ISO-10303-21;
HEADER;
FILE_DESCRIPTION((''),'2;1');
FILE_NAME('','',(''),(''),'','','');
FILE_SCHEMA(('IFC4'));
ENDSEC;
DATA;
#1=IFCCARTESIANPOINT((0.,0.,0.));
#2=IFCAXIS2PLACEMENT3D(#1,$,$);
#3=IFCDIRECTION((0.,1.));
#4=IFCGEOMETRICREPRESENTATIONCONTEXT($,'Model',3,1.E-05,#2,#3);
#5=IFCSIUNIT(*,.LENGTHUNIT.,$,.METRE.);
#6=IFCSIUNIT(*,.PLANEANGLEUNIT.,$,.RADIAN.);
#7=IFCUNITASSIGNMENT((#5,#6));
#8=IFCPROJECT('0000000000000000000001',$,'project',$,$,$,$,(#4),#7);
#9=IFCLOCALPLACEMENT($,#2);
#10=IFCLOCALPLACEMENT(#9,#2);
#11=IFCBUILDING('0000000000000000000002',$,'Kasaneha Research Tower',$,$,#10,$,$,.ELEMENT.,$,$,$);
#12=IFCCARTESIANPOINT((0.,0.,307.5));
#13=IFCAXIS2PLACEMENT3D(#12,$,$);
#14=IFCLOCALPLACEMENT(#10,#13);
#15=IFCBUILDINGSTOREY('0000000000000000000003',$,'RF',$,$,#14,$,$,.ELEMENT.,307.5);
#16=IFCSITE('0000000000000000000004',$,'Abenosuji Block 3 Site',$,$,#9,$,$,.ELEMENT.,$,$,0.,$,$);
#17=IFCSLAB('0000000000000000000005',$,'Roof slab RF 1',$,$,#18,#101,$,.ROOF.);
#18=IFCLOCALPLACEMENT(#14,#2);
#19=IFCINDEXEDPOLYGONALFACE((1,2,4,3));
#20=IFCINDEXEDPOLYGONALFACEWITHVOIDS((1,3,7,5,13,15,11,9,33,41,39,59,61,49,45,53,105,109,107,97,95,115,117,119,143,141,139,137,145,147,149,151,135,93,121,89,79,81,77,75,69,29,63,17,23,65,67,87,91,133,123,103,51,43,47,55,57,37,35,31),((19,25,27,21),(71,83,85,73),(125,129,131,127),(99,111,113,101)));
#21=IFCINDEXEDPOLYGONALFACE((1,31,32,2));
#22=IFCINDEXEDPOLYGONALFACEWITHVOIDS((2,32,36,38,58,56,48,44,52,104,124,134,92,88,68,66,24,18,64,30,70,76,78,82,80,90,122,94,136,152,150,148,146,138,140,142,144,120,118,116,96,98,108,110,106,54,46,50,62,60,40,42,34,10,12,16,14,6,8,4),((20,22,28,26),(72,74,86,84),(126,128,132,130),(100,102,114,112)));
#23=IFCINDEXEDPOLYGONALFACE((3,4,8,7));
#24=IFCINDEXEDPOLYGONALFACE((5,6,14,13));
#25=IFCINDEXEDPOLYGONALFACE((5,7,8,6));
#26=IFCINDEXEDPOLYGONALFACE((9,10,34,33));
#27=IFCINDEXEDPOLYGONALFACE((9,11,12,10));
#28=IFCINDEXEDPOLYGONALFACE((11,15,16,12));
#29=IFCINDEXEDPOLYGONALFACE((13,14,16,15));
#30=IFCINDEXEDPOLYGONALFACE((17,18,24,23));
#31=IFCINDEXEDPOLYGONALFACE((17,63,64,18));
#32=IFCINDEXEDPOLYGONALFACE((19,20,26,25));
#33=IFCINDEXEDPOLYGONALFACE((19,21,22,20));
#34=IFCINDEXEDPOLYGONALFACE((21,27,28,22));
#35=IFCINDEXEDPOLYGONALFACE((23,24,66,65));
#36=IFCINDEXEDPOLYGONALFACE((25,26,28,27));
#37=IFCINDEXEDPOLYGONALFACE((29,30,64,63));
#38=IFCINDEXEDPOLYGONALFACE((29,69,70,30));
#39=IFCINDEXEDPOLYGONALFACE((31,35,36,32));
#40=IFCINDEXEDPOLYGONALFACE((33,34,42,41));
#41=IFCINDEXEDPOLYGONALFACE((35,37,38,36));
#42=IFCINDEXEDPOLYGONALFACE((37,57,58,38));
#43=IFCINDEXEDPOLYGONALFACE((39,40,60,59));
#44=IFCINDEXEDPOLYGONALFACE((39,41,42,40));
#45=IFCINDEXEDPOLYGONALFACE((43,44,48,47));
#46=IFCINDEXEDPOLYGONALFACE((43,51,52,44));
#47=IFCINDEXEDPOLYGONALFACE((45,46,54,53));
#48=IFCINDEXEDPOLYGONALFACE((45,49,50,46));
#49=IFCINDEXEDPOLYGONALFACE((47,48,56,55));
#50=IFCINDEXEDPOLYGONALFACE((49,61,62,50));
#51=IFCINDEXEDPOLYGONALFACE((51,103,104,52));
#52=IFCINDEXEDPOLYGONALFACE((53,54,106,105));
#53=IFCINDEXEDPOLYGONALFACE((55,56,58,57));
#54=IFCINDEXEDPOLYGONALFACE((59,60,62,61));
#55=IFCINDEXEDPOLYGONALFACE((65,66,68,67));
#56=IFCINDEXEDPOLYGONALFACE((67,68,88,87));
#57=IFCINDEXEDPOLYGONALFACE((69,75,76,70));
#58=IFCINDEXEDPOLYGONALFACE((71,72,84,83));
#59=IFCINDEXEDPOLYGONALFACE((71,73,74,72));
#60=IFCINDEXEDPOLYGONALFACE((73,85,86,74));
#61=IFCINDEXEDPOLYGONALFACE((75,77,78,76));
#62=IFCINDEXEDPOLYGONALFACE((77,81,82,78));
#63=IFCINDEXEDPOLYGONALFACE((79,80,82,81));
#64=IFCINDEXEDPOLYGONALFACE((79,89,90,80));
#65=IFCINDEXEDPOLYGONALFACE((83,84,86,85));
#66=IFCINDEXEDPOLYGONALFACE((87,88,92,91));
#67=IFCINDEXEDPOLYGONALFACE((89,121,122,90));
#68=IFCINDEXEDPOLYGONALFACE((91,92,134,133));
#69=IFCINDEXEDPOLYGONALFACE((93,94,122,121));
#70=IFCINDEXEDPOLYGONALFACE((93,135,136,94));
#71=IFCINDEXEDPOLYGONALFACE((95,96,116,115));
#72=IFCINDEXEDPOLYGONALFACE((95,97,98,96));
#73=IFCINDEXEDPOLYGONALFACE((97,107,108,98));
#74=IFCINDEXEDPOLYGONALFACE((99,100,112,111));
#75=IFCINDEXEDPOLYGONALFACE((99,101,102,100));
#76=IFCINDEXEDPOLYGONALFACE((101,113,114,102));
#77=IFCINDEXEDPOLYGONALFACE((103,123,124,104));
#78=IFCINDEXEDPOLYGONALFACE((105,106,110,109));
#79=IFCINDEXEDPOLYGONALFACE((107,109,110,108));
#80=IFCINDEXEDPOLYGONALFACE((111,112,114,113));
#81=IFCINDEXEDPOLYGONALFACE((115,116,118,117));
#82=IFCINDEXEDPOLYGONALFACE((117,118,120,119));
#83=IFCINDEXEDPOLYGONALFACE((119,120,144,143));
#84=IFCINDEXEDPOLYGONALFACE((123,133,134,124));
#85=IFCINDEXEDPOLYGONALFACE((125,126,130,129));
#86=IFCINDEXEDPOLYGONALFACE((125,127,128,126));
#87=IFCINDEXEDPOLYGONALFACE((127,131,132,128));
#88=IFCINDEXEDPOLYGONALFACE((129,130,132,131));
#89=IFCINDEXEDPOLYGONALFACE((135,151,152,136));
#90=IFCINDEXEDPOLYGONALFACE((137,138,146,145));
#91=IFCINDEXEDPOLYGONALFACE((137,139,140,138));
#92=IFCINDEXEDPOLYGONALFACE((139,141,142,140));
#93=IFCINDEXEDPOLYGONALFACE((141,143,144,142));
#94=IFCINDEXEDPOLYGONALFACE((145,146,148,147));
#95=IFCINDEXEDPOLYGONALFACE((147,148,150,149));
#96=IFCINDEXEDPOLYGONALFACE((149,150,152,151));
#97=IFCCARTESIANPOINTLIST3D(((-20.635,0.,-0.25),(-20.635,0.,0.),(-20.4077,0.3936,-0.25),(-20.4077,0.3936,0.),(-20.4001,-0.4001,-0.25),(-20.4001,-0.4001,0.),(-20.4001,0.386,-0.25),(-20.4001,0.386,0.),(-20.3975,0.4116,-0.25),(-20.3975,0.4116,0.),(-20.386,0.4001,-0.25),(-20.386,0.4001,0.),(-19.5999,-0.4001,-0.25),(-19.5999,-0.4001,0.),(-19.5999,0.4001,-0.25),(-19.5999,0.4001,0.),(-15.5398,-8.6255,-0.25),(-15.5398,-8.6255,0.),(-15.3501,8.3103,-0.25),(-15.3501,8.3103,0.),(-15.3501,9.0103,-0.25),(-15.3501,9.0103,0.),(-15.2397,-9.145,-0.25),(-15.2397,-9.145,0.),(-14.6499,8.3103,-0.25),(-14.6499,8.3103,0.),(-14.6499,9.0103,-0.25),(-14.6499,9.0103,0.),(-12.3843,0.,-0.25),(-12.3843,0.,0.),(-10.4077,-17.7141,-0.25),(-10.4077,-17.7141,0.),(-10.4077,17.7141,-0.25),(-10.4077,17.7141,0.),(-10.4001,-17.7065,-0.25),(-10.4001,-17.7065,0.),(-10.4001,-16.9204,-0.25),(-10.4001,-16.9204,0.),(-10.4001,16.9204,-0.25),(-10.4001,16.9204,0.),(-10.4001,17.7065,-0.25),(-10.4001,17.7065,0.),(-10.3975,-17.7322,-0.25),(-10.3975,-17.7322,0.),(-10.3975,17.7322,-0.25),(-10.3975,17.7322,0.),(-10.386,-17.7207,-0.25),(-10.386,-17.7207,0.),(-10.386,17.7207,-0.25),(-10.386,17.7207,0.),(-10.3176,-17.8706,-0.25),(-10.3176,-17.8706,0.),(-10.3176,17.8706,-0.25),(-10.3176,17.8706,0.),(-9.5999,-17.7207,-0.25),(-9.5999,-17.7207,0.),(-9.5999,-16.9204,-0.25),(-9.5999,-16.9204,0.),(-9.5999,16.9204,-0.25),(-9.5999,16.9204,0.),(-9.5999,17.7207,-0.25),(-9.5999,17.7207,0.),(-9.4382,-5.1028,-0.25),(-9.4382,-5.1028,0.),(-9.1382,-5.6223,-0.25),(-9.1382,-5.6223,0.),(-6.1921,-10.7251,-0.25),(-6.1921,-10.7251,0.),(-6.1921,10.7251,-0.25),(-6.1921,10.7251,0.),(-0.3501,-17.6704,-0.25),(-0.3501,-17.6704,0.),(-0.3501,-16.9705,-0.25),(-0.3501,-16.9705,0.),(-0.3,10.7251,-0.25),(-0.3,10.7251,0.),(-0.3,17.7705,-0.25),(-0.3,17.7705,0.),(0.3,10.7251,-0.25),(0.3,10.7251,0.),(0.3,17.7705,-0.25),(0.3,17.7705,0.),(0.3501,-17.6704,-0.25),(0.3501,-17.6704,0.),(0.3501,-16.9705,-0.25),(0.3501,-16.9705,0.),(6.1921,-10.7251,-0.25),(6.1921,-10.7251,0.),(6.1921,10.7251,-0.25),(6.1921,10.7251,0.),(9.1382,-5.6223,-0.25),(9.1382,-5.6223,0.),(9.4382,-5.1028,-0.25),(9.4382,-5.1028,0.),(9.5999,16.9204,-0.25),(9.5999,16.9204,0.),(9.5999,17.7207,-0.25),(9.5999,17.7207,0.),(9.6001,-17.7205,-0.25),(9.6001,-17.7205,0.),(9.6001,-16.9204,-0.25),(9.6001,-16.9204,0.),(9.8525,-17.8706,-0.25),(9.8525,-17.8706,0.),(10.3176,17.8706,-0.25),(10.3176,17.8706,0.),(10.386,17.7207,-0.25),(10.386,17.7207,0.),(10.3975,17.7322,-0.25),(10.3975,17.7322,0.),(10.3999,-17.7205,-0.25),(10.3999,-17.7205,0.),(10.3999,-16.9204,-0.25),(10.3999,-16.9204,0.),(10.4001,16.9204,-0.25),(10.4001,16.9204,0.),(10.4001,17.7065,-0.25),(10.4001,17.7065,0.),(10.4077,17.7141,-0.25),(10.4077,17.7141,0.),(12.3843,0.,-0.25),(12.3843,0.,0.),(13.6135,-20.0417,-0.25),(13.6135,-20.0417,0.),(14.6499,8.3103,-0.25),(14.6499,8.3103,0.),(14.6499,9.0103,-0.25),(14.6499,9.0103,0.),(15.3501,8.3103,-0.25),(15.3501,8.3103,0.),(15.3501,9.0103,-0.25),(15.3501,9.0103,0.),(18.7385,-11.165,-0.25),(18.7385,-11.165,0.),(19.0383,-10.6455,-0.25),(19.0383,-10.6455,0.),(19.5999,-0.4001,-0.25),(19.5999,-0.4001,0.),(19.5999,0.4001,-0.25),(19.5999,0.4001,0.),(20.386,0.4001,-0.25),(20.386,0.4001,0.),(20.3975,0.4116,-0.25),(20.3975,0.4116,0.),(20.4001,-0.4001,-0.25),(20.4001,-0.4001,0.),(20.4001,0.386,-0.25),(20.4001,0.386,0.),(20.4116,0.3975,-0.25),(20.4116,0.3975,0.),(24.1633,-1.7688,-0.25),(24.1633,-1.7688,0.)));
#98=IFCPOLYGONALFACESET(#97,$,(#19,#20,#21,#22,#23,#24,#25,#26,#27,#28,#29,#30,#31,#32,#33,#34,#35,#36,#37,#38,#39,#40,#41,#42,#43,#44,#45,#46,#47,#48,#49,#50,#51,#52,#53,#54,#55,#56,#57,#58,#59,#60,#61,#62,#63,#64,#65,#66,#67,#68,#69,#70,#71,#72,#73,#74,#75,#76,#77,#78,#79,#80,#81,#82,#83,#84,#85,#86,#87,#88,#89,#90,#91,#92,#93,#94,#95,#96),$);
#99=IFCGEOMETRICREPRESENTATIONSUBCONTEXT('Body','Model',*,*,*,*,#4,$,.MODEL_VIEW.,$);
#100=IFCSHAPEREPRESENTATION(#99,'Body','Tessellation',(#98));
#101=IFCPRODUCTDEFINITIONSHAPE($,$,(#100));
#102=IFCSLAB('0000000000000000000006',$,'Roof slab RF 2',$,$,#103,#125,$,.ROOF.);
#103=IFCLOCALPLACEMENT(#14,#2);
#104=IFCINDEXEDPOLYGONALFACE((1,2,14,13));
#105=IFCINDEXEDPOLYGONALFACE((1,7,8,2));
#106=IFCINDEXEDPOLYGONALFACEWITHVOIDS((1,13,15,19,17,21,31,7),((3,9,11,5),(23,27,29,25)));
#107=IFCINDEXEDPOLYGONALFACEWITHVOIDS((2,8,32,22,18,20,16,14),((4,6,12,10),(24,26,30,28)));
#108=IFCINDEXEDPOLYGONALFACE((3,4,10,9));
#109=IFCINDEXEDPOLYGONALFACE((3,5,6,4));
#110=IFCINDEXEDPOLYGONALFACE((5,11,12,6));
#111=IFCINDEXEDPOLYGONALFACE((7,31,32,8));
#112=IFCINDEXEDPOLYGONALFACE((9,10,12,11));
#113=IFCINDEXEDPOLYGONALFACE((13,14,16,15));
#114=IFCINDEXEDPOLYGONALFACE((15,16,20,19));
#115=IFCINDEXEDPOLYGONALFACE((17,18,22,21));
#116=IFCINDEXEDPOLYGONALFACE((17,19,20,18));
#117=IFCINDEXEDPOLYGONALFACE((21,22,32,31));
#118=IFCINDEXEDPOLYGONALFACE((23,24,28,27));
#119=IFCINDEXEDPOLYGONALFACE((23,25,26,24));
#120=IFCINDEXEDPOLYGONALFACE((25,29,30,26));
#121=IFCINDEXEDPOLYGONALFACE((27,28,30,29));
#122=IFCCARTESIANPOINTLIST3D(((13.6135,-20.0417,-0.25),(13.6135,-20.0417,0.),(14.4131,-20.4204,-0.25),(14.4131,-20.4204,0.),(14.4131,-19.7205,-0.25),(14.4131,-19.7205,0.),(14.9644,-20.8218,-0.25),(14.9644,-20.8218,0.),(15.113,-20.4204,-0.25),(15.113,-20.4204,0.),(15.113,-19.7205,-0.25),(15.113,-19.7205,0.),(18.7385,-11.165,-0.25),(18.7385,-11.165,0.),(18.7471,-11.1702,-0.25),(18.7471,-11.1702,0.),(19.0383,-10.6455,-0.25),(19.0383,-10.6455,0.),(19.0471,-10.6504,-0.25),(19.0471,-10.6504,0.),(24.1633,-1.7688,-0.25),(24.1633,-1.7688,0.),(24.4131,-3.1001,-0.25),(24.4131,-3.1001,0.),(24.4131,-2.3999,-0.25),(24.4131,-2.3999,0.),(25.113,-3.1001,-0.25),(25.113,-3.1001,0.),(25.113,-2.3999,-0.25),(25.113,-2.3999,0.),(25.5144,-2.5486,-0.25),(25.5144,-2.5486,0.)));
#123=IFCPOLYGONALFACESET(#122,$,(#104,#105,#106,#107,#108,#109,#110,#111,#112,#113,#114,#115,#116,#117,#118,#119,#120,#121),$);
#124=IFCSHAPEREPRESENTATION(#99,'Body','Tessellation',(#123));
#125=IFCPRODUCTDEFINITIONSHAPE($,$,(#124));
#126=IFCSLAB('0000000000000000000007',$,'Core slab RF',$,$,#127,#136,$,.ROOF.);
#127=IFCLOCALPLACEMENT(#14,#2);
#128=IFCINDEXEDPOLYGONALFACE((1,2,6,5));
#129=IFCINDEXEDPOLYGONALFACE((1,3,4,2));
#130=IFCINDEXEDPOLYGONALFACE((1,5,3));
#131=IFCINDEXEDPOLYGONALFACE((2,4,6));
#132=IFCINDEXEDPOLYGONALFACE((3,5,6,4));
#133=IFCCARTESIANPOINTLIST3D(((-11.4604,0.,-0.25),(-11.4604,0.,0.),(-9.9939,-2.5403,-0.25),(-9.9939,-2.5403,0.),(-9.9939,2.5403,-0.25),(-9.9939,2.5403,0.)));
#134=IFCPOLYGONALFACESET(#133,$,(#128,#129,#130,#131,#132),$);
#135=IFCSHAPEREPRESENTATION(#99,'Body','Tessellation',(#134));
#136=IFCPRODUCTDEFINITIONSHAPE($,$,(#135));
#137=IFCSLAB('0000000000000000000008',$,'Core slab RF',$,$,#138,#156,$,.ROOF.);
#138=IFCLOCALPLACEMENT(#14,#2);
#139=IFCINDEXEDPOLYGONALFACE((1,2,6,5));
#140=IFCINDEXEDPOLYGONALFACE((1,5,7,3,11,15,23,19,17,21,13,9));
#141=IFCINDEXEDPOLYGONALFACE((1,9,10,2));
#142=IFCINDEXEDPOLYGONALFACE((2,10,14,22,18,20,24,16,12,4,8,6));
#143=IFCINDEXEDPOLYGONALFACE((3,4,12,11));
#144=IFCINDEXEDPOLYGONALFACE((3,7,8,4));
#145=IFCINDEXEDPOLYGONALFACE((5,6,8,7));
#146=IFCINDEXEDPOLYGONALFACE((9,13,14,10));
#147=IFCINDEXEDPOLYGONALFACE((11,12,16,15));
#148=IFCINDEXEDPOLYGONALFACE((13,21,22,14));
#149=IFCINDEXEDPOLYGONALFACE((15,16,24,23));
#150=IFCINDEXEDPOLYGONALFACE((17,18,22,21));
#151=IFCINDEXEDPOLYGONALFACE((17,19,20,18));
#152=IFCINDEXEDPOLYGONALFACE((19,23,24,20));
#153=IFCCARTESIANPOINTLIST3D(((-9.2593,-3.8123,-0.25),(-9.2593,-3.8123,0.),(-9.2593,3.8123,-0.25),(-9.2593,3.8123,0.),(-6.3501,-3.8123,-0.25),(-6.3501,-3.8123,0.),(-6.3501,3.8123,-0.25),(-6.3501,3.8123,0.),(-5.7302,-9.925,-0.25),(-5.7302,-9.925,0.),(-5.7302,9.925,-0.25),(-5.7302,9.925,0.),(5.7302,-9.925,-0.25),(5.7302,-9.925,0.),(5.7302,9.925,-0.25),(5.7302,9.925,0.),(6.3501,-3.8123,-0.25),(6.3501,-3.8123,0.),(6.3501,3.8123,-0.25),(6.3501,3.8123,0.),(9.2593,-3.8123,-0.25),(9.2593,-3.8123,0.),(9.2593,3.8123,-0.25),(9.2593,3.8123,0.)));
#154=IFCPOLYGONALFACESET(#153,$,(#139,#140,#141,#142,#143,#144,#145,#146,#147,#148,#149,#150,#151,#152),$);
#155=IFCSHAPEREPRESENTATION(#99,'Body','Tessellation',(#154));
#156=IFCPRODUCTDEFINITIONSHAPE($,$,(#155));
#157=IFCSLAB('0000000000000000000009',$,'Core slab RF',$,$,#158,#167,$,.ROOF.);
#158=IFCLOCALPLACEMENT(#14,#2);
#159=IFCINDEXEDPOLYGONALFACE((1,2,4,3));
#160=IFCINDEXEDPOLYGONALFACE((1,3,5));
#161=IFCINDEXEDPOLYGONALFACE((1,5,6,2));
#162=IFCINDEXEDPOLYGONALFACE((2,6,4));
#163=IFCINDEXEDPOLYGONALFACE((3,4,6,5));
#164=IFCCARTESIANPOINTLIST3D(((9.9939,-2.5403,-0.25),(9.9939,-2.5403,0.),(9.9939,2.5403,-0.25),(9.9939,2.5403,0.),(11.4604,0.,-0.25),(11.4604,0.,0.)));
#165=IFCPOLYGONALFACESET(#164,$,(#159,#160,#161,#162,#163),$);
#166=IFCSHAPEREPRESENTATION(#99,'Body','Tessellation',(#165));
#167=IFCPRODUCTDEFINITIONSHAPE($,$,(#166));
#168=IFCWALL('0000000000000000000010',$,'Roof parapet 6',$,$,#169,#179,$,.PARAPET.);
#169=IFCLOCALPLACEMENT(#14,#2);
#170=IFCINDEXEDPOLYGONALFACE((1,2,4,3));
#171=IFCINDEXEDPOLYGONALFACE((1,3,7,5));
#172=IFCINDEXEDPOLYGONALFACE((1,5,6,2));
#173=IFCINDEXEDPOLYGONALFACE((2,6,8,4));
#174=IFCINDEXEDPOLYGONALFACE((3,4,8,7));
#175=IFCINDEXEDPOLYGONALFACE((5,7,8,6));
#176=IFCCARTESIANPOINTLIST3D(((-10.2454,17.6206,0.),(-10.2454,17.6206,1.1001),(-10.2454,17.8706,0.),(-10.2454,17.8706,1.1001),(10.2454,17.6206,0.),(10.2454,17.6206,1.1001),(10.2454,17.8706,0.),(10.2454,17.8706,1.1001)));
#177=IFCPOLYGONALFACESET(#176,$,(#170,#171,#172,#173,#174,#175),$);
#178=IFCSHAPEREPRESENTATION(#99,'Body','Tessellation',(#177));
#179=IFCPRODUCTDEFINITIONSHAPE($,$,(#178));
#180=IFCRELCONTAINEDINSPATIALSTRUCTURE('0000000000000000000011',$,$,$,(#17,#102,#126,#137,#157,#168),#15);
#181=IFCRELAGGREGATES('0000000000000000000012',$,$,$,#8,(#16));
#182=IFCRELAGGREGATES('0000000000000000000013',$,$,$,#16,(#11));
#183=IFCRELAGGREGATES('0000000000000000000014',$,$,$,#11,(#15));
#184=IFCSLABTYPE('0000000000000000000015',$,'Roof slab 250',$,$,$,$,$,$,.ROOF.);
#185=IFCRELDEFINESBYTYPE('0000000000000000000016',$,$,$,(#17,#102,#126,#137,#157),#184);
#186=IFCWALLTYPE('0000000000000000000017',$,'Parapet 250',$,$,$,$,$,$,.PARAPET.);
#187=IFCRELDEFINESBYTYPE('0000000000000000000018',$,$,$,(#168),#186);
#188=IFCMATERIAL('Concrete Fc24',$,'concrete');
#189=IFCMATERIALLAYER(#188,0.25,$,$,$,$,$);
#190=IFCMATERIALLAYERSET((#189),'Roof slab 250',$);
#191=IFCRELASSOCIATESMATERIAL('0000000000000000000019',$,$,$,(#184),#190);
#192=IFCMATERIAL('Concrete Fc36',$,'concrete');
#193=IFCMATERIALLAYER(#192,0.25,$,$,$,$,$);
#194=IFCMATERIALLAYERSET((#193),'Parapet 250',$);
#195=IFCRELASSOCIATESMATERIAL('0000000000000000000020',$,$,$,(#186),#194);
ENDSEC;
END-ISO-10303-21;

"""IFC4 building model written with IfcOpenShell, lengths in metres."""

from ifc_helpers import new_model, si_unit, direction, frame, frame_2d, origin, place, context, subcontext, project, spatial, polyline, rectangle, outline, extrude, material, layer, layer_set, type_object, element, save


model = new_model("IFC4")

# Units and contexts
model_context = context("Model", 3, precision=1e-05, world=origin(), true_north=direction((0.0, 1.0)))
body_context = subcontext(model_context, "Body", "Model", "MODEL_VIEW")
ifc_project = project(units=[si_unit("LENGTHUNIT", "METRE"), si_unit("PLANEANGLEUNIT", "RADIAN")], contexts=[model_context])

# Site, building, storey
site_placement = place(None, origin())
site = spatial("IfcSite", under=ifc_project, at=site_placement, Name="Abenosuji Block 3 Site", CompositionType="ELEMENT", RefElevation=0.0)
building_placement = place(site_placement, origin())
building = spatial("IfcBuilding", under=site, at=building_placement, Name="Kasaneha Research Tower", CompositionType="ELEMENT")
storey_placement = place(building_placement, frame((0.0, 0.0, 307.5)))
storey = spatial("IfcBuildingStorey", under=building, at=storey_placement, Name="RF", CompositionType="ELEMENT", Elevation=307.5)

# Slabs
ifc_material_1 = material(Name="Concrete Fc24", Category="concrete")
ifc_layer_1 = layer(ifc_material_1, 0.25)
ifc_layer_set_1 = layer_set([ifc_layer_1], Name="Roof slab 250")
slab_type = type_object("IfcSlabType", Name="Roof slab 250", PredefinedType="ROOF", material=ifc_layer_set_1)
slab_1_placement = place(storey_placement, frame((0.0, 0.0, -0.25)))
element("IfcSlab", 1, at=slab_1_placement, inside=storey, type_object=slab_type, Name="Roof slab RF 1", PredefinedType="ROOF", context=body_context, shape_type="SweptSolid", body=[
    extrude(outline(polyline([(-10.3176, -17.8706), (-10.3975, -17.7322), (-10.386, -17.7207), (-9.5999, -17.7207), (-9.5999, -16.9204), (-10.4001, -16.9204), (-10.4001, -17.7065), (-10.4077, -17.7141), (-20.635, 0.0), (-20.4077, 0.3936), (-20.4001, 0.386), (-20.4001, -0.4001), (-19.5999, -0.4001), (-19.5999, 0.4001), (-20.386, 0.4001), (-20.3975, 0.4116), (-10.4077, 17.7141), (-10.4001, 17.7065), (-10.4001, 16.9204), (-9.5999, 16.9204), (-9.5999, 17.7207), (-10.386, 17.7207), (-10.3975, 17.7322), (-10.3176, 17.8706), (10.3176, 17.8706), (10.3975, 17.7322), (10.386, 17.7207), (9.5999, 17.7207), (9.5999, 16.9204), (10.4001, 16.9204), (10.4001, 17.7065), (10.4077, 17.7141), (20.3975, 0.4116), (20.386, 0.4001), (19.5999, 0.4001), (19.5999, -0.4001), (20.4001, -0.4001), (20.4001, 0.386), (20.4116, 0.3975), (24.1633, -1.7688), (19.0383, -10.6455), (9.4382, -5.1028), (12.3843, 0.0), (6.1921, 10.7251), (0.3, 10.7251), (0.3, 17.7705), (-0.3, 17.7705), (-0.3, 10.7251), (-6.1921, 10.7251), (-12.3843, 0.0), (-9.4382, -5.1028), (-15.5398, -8.6255), (-15.2397, -9.145), (-9.1382, -5.6223), (-6.1921, -10.7251), (6.1921, -10.7251), (9.1382, -5.6223), (18.7385, -11.165), (13.6135, -20.0417), (9.8525, -17.8706), (-10.3176, -17.8706)]), holes=[polyline([(0.3501, -17.6704), (0.3501, -16.9705), (-0.3501, -16.9705), (-0.3501, -17.6704), (0.3501, -17.6704)]), polyline([(-15.3501, 8.3103), (-14.6499, 8.3103), (-14.6499, 9.0103), (-15.3501, 9.0103), (-15.3501, 8.3103)]), polyline([(9.6001, -17.7205), (10.3999, -17.7205), (10.3999, -16.9204), (9.6001, -16.9204), (9.6001, -17.7205)]), polyline([(14.6499, 8.3103), (15.3501, 8.3103), (15.3501, 9.0103), (14.6499, 9.0103), (14.6499, 8.3103)])]), origin(), (0.0, 0.0, 1.0), 0.25),
])
slab_2_placement = place(storey_placement, frame((0.0, 0.0, -0.25)))
element("IfcSlab", 2, at=slab_2_placement, inside=storey, type_object=slab_type, Name="Roof slab RF 2", PredefinedType="ROOF", context=body_context, shape_type="SweptSolid", body=[
    extrude(outline(polyline([(25.5144, -2.5486), (14.9644, -20.8218), (13.6135, -20.0417), (18.7385, -11.165), (18.7471, -11.1702), (19.0471, -10.6504), (19.0383, -10.6455), (24.1633, -1.7688), (25.5144, -2.5486)]), holes=[polyline([(14.4131, -20.4204), (15.113, -20.4204), (15.113, -19.7205), (14.4131, -19.7205), (14.4131, -20.4204)]), polyline([(24.4131, -3.1001), (25.113, -3.1001), (25.113, -2.3999), (24.4131, -2.3999), (24.4131, -3.1001)])]), origin(), (0.0, 0.0, 1.0), 0.25),
])
slab_3_placement = place(storey_placement, frame((0.0, 0.0, -0.25)))
element("IfcSlab", 3, at=slab_3_placement, inside=storey, type_object=slab_type, Name="Core slab RF", PredefinedType="ROOF", context=body_context, shape_type="SweptSolid", body=[
    extrude(outline(polyline([(-9.9939, 2.5403), (-9.9939, -2.5403), (-11.4604, 0.0), (-9.9939, 2.5403)])), origin(), (0.0, 0.0, 1.0), 0.25),
])
slab_4_placement = place(storey_placement, frame((0.0, 0.0, -0.25)))
element("IfcSlab", 4, at=slab_4_placement, inside=storey, type_object=slab_type, Name="Core slab RF", PredefinedType="ROOF", context=body_context, shape_type="SweptSolid", body=[
    extrude(outline(polyline([(5.7302, 9.925), (9.2593, 3.8123), (6.3501, 3.8123), (6.3501, -3.8123), (9.2593, -3.8123), (5.7302, -9.925), (-5.7302, -9.925), (-9.2593, -3.8123), (-6.3501, -3.8123), (-6.3501, 3.8123), (-9.2593, 3.8123), (-5.7302, 9.925), (5.7302, 9.925)])), origin(), (0.0, 0.0, 1.0), 0.25),
])
slab_5_placement = place(storey_placement, frame((0.0, 0.0, -0.25)))
element("IfcSlab", 5, at=slab_5_placement, inside=storey, type_object=slab_type, Name="Core slab RF", PredefinedType="ROOF", context=body_context, shape_type="SweptSolid", body=[
    extrude(outline(polyline([(9.9939, -2.5403), (9.9939, 2.5403), (11.4604, 0.0), (9.9939, -2.5403)])), origin(), (0.0, 0.0, 1.0), 0.25),
])

# Wall
ifc_material_2 = material(Name="Concrete Fc36", Category="concrete")
ifc_layer_2 = layer(ifc_material_2, 0.25)
ifc_layer_set_2 = layer_set([ifc_layer_2], Name="Parapet 250")
wall_type = type_object("IfcWallType", Name="Parapet 250", PredefinedType="PARAPET", material=ifc_layer_set_2)
wall_placement = place(storey_placement, frame((-10.2454, 17.7456, 0.0), z_axis=(0.0, 0.0, 1.0), x_axis=(1.0, 0.0, 0.0)))
element("IfcWall", 6, at=wall_placement, inside=storey, type_object=wall_type, Name="Roof parapet 6", PredefinedType="PARAPET", context=body_context, shape_type="SweptSolid", body=[
    extrude(rectangle(XDim=20.4907, YDim=0.25, at=frame_2d((10.2454, 0.0))), origin(), (0.0, 0.0, 1.0), 1.1001),
])

save(model, "model.ifc")
